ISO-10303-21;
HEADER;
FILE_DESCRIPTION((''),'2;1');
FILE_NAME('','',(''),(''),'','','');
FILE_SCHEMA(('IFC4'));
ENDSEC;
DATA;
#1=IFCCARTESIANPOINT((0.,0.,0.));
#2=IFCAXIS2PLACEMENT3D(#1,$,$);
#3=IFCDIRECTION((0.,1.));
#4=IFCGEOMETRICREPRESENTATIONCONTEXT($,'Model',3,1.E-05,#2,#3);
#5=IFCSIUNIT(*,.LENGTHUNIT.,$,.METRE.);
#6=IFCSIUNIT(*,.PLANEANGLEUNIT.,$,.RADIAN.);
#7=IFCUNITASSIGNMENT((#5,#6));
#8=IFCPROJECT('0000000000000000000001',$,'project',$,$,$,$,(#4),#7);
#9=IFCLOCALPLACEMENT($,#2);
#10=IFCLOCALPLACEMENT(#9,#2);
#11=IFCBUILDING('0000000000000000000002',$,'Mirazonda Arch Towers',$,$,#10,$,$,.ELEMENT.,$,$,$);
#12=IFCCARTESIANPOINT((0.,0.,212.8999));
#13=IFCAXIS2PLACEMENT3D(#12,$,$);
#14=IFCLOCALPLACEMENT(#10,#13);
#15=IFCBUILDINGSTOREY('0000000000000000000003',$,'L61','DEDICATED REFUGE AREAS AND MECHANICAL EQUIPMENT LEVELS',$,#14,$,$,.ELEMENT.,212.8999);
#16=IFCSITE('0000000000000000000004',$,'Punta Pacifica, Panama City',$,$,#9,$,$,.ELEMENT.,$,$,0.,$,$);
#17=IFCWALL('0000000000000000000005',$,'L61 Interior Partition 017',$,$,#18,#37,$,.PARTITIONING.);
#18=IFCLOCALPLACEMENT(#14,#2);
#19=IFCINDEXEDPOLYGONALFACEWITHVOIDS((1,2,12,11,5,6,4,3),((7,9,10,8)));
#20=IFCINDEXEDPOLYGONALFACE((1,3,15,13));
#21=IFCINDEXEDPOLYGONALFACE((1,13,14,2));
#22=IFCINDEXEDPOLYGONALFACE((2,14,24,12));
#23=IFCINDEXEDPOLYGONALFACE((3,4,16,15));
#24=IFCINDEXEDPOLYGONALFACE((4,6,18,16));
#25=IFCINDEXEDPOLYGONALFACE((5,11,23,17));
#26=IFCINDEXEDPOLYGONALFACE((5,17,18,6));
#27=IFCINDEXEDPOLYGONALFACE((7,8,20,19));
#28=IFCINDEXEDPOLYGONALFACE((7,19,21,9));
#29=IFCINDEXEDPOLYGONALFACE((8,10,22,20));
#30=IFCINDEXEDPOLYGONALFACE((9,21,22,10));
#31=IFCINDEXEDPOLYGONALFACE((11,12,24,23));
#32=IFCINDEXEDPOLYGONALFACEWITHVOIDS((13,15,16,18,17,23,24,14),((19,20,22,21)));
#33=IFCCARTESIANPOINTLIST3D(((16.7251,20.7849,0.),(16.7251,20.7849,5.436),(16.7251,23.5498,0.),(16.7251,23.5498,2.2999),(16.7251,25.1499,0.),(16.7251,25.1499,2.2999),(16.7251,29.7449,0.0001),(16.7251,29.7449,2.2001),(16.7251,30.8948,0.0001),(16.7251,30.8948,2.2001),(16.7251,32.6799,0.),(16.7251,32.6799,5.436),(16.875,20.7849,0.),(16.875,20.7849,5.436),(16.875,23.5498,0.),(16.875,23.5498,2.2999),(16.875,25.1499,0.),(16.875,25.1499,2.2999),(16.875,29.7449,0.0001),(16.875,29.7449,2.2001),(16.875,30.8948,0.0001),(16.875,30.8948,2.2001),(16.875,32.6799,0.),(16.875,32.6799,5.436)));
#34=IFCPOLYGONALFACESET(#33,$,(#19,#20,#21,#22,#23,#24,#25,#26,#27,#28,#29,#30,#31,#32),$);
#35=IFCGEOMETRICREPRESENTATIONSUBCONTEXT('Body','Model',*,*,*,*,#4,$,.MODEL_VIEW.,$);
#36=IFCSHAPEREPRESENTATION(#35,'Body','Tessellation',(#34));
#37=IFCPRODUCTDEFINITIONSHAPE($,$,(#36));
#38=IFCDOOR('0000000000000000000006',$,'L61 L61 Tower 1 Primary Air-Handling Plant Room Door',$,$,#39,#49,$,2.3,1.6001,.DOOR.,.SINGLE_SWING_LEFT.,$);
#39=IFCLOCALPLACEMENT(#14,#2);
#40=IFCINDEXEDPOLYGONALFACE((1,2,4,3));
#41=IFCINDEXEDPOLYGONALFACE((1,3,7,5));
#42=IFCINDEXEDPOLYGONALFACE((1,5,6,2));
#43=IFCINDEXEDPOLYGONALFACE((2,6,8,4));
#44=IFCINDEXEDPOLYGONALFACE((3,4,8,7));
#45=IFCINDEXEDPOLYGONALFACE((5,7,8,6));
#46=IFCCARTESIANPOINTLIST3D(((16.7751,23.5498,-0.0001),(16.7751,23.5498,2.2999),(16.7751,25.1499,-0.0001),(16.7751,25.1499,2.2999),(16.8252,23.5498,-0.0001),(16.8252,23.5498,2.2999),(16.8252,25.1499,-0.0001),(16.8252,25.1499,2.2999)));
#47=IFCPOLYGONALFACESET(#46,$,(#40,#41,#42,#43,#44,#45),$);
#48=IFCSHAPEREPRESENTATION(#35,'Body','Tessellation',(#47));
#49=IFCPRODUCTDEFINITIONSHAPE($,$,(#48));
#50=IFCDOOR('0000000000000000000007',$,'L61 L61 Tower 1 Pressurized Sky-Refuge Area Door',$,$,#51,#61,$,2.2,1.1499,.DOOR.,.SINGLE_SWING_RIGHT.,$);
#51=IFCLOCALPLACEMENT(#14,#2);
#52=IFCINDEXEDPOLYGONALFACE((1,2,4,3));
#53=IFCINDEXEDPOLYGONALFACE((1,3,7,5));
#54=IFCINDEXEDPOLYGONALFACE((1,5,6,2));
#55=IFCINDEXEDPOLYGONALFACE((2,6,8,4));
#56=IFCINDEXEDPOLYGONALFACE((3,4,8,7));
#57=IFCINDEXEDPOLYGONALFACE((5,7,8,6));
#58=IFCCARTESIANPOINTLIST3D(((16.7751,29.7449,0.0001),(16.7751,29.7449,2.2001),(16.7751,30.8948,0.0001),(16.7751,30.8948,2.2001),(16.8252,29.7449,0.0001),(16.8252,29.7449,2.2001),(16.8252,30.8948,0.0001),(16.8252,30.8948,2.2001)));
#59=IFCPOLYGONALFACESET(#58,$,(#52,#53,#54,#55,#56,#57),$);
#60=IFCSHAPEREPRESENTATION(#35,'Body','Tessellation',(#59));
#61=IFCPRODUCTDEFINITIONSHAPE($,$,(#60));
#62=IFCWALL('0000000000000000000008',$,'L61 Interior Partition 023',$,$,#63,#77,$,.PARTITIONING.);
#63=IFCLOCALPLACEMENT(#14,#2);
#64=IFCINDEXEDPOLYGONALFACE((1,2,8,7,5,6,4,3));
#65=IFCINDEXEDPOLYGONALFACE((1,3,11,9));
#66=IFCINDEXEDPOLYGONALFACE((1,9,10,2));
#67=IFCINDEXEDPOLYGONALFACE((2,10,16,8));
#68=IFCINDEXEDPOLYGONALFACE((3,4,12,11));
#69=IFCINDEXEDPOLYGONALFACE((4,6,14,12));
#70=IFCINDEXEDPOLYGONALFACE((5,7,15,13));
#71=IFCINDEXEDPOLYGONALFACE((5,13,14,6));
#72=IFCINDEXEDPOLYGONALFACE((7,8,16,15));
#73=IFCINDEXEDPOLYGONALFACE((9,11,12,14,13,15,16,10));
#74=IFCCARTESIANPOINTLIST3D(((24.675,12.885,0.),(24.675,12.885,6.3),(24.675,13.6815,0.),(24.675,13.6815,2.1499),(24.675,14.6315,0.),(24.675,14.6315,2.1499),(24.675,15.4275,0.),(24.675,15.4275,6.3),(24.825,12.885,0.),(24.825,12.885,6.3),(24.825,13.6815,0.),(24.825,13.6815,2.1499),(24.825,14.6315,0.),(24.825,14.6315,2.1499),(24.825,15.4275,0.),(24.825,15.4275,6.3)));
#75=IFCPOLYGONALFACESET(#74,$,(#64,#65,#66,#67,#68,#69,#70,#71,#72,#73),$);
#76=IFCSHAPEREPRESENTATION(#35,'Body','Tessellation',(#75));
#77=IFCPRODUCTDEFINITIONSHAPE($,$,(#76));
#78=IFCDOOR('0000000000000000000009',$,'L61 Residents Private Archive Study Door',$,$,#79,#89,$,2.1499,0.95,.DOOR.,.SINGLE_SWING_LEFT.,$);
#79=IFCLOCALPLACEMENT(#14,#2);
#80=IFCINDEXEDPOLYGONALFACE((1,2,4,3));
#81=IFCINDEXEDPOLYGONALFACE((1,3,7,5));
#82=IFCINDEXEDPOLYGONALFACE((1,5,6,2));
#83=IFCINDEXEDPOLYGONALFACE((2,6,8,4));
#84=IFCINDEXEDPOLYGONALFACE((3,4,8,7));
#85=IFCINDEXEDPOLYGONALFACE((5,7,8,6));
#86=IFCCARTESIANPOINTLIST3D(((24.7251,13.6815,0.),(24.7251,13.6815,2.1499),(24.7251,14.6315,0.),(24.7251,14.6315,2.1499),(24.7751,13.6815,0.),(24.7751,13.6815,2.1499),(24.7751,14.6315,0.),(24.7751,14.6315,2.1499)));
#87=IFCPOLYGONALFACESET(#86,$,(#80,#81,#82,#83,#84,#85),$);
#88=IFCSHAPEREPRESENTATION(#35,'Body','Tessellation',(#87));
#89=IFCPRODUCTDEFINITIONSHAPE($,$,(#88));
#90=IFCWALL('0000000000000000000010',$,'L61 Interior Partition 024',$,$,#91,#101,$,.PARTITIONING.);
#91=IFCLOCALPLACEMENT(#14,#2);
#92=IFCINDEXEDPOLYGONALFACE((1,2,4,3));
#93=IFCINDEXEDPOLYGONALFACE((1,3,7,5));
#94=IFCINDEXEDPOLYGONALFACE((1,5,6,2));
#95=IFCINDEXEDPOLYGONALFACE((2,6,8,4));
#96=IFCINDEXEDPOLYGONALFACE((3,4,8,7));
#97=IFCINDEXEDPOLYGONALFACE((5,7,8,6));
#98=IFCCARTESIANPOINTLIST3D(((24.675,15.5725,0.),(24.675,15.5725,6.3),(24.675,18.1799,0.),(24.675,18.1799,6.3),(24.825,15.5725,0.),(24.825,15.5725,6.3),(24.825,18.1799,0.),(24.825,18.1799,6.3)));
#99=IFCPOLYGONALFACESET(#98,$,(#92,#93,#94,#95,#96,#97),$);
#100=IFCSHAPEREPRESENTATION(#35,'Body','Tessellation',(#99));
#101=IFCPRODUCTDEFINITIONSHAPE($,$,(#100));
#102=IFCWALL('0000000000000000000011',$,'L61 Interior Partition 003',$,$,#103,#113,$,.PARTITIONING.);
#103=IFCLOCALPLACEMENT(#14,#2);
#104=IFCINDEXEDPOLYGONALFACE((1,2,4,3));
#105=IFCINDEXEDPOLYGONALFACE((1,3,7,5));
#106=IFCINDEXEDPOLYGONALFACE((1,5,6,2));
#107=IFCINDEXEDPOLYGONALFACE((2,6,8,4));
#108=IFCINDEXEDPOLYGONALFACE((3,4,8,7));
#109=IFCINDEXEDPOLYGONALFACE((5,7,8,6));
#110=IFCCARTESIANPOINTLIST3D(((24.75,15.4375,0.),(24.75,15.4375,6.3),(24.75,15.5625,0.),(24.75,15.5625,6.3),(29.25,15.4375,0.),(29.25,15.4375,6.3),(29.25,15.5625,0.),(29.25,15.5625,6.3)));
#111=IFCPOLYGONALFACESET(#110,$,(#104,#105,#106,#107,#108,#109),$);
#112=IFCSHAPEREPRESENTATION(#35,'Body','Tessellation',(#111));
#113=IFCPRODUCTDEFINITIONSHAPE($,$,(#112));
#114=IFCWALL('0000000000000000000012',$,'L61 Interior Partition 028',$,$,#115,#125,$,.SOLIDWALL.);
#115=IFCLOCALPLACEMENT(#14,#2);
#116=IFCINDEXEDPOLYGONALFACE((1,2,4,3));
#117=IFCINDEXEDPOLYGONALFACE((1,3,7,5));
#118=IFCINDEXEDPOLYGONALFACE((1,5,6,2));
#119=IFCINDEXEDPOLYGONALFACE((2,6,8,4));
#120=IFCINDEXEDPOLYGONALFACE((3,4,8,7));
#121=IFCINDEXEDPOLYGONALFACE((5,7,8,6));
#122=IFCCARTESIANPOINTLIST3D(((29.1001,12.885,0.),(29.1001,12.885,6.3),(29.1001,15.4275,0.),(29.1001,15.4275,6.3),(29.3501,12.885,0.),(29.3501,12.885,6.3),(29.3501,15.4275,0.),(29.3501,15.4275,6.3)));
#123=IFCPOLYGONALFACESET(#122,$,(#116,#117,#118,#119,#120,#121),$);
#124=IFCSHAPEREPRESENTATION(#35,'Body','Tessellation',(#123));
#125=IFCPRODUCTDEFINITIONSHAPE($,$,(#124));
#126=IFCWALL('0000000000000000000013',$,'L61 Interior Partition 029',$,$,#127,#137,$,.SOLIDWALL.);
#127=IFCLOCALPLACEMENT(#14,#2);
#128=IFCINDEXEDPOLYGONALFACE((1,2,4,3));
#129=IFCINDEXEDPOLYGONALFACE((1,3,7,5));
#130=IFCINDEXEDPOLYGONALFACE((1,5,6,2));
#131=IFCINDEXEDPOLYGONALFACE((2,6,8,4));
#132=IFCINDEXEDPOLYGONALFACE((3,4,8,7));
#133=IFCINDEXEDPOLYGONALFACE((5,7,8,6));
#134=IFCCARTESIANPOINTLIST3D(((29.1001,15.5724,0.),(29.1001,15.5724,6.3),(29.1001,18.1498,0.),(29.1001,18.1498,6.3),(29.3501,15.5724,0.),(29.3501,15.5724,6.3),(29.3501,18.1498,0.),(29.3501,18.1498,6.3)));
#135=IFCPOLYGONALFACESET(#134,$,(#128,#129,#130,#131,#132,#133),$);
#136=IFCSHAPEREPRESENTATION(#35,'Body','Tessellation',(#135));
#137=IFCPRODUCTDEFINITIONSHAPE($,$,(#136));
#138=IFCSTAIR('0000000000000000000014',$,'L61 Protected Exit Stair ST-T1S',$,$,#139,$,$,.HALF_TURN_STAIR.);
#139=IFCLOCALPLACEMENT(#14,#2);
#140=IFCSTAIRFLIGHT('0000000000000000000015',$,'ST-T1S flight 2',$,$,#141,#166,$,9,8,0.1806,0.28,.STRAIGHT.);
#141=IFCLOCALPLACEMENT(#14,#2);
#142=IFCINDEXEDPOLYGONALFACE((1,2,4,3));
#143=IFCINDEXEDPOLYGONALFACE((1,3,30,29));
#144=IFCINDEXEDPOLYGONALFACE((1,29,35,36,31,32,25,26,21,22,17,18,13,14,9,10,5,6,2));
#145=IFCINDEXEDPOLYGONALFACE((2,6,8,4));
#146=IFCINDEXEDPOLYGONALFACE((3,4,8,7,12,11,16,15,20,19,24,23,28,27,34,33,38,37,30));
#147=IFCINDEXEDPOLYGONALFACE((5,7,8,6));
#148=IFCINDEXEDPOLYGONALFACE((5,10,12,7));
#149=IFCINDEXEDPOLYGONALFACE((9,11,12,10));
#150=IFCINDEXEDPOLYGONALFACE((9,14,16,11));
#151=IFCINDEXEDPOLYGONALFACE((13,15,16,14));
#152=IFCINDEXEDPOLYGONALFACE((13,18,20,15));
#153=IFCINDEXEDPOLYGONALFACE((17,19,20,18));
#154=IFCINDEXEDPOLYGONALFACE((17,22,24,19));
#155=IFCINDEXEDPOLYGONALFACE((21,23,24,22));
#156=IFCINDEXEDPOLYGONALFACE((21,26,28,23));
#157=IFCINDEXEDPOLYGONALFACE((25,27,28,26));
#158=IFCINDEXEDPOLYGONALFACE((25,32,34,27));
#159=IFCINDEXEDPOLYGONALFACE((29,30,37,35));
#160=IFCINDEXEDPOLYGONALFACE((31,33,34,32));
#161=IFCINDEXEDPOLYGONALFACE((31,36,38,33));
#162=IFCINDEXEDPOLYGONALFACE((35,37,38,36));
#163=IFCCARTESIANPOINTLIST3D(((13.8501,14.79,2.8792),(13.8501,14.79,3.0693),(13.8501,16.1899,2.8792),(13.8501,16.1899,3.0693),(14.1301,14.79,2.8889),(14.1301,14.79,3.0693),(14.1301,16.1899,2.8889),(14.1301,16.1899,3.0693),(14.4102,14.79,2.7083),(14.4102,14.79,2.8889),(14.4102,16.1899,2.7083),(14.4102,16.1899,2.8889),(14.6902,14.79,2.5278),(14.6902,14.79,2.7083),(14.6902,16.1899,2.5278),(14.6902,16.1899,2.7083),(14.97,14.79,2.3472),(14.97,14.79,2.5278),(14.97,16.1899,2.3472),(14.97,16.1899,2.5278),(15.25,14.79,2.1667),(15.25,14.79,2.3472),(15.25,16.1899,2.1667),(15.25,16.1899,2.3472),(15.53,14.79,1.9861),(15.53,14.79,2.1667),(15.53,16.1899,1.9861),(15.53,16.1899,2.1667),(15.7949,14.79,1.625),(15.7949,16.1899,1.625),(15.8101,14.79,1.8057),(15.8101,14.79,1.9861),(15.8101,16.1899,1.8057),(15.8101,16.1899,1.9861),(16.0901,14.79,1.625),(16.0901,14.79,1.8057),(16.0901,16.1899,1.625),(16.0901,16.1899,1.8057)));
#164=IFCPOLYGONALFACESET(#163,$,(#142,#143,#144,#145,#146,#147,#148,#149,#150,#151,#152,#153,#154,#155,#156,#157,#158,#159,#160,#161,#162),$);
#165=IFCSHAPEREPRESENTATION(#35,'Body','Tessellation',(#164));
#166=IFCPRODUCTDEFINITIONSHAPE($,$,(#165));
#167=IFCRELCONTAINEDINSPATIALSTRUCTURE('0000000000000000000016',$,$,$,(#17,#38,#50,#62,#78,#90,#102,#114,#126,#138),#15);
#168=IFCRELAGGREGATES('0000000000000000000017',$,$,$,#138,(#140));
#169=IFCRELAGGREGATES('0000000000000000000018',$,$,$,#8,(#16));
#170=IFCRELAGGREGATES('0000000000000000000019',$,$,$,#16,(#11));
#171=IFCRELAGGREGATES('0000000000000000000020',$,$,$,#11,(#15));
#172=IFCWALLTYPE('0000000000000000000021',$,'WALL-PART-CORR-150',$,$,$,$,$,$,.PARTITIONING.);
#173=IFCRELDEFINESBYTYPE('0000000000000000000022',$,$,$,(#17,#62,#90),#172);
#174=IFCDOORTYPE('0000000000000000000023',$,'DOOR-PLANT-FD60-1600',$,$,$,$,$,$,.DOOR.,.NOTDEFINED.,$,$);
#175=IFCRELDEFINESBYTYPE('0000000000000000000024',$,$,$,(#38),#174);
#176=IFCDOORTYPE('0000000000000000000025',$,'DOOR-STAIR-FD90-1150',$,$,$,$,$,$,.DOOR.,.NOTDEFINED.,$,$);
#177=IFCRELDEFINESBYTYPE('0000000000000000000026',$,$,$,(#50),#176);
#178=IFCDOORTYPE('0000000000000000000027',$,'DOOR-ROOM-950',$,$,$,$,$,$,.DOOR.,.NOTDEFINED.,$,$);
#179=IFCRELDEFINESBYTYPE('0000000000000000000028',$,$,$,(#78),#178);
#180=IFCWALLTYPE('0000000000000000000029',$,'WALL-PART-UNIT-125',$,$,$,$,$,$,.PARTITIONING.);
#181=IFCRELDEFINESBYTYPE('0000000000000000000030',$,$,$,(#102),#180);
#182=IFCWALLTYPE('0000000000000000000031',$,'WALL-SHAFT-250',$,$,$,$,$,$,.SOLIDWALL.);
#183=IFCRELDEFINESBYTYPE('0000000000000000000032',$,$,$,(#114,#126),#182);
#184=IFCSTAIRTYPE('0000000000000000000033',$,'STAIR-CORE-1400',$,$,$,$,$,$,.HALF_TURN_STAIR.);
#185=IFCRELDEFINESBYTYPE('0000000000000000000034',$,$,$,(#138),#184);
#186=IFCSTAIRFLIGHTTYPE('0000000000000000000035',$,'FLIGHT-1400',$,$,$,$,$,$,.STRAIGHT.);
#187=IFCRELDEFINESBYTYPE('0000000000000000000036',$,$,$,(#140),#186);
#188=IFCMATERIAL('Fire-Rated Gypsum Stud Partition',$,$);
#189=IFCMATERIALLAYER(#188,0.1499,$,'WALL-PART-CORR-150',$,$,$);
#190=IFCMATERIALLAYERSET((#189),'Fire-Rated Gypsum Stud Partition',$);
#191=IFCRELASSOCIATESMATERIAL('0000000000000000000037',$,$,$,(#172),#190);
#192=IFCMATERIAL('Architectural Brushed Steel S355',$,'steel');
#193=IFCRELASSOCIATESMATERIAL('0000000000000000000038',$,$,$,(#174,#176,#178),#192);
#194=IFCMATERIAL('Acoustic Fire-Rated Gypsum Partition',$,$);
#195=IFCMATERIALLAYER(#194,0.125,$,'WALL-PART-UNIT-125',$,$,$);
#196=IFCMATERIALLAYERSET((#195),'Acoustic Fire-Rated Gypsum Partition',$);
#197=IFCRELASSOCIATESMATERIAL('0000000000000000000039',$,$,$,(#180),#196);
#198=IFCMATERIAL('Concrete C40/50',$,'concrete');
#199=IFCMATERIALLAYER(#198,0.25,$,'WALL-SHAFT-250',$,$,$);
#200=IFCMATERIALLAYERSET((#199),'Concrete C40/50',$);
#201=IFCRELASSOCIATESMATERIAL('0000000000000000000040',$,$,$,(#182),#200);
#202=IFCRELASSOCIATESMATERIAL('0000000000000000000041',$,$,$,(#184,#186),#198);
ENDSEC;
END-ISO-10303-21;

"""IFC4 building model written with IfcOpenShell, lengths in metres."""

from ifc_helpers import new_model, si_unit, direction, frame, frame_2d, origin, place, context, subcontext, project, spatial, polyline, rectangle, outline, extrude, material, layer, layer_set, type_object, element, fill, aggregate, save


model = new_model("IFC4")

# Units and contexts
model_context = context("Model", 3, precision=1e-05, world=origin(), true_north=direction((0.0, 1.0)))
body_context = subcontext(model_context, "Body", "Model", "MODEL_VIEW")
ifc_project = project(units=[si_unit("LENGTHUNIT", "METRE"), si_unit("PLANEANGLEUNIT", "RADIAN")], contexts=[model_context])

# Site, building, storey
site_placement = place(None, origin())
site = spatial("IfcSite", under=ifc_project, at=site_placement, Name="Punta Pacifica, Panama City", CompositionType="ELEMENT", RefElevation=0.0)
building_placement = place(site_placement, origin())
building = spatial("IfcBuilding", under=site, at=building_placement, Name="Mirazonda Arch Towers", CompositionType="ELEMENT")
storey_placement = place(building_placement, frame((0.0, 0.0, 212.8999)))
storey = spatial("IfcBuildingStorey", under=building, at=storey_placement, Name="L61", Description="DEDICATED REFUGE AREAS AND MECHANICAL EQUIPMENT LEVELS", CompositionType="ELEMENT", Elevation=212.8999)

# Shared definitions
ifc_material_1 = material(Name="Concrete C40/50", Category="concrete")
ifc_material_2 = material(Name="Fire-Rated Gypsum Stud Partition")
ifc_layer_1 = layer(ifc_material_2, 0.1499, Name="WALL-PART-CORR-150")
ifc_layer_set_1 = layer_set([ifc_layer_1], Name="Fire-Rated Gypsum Stud Partition")
wall_type_1 = type_object("IfcWallType", Name="WALL-PART-CORR-150", PredefinedType="PARTITIONING", material=ifc_layer_set_1)

# Wall, openings, doors
wall_1_placement = place(storey_placement, frame((16.8, 20.7849, 0.0), z_axis=(0.0, 0.0, 1.0), x_axis=(0.0, 1.0, 0.0)))
wall_1 = element("IfcWall", 1, at=wall_1_placement, inside=storey, type_object=wall_type_1, Name="L61 Interior Partition 017", PredefinedType="PARTITIONING", context=body_context, shape_type="SweptSolid", body=[
    extrude(rectangle(XDim=11.895, YDim=0.1499, at=frame_2d((5.9475, 0.0))), origin(), (0.0, 0.0, 1.0), 5.436),
])
opening_1_placement = place(wall_1_placement, frame((8.96, 0.0, 0.0)))
opening_1 = element("IfcOpeningElement", 2, at=opening_1_placement, cuts=wall_1, PredefinedType="OPENING", context=body_context, shape_type="SweptSolid", body=[
    extrude(rectangle(XDim=1.1499, YDim=2.2, at=frame_2d((0.575, 1.1001))), frame((0.0, 0.085, 0.0), z_axis=(0.0, -1.0, 0.0), x_axis=(1.0, 0.0, 0.0)), (0.0, 0.0, 1.0), 0.1699),
])
opening_2_placement = place(wall_1_placement, frame((2.7649, 0.0, 0.0)))
opening_2 = element("IfcOpeningElement", 3, at=opening_2_placement, cuts=wall_1, PredefinedType="OPENING", context=body_context, shape_type="SweptSolid", body=[
    extrude(rectangle(XDim=1.6001, YDim=2.3, at=frame_2d((0.8, 1.1499))), frame((0.0, 0.085, 0.0), z_axis=(0.0, -1.0, 0.0), x_axis=(1.0, 0.0, 0.0)), (0.0, 0.0, 1.0), 0.1699),
])
ifc_material_3 = material(Name="Architectural Brushed Steel S355", Category="steel")
door_type_1 = type_object("IfcDoorType", Name="DOOR-PLANT-FD60-1600", OperationType="NOTDEFINED", PredefinedType="DOOR", material=ifc_material_3)
door_1_placement = place(opening_2_placement, origin())
door_1 = element("IfcDoor", 4, at=door_1_placement, inside=storey, type_object=door_type_1, Name="L61 L61 Tower 1 Primary Air-Handling Plant Room Door", OperationType="SINGLE_SWING_LEFT", OverallHeight=2.3, OverallWidth=1.6001, PredefinedType="DOOR", context=body_context, shape_type="SweptSolid", body=[
    extrude(rectangle(XDim=1.6001, YDim=2.3, at=frame_2d((0.8, 1.1499))), frame((0.0, 0.0249, 0.0), z_axis=(0.0, -1.0, 0.0), x_axis=(1.0, 0.0, 0.0)), (0.0, 0.0, 1.0), 0.05),
])
fill(opening_2, door_1)
door_type_2 = type_object("IfcDoorType", Name="DOOR-STAIR-FD90-1150", OperationType="NOTDEFINED", PredefinedType="DOOR", material=ifc_material_3)
door_2_placement = place(opening_1_placement, origin())
door_2 = element("IfcDoor", 5, at=door_2_placement, inside=storey, type_object=door_type_2, Name="L61 L61 Tower 1 Pressurized Sky-Refuge Area Door", OperationType="SINGLE_SWING_RIGHT", OverallHeight=2.2, OverallWidth=1.1499, PredefinedType="DOOR", context=body_context, shape_type="SweptSolid", body=[
    extrude(rectangle(XDim=1.1499, YDim=2.2, at=frame_2d((0.575, 1.1001))), frame((0.0, 0.0249, 0.0), z_axis=(0.0, -1.0, 0.0), x_axis=(1.0, 0.0, 0.0)), (0.0, 0.0, 1.0), 0.05),
])
fill(opening_1, door_2)

# Wall, opening, door
wall_2_placement = place(storey_placement, frame((24.75, 12.885, 0.0), z_axis=(0.0, 0.0, 1.0), x_axis=(0.0, 1.0, 0.0)))
wall_2 = element("IfcWall", 6, at=wall_2_placement, inside=storey, type_object=wall_type_1, Name="L61 Interior Partition 023", PredefinedType="PARTITIONING", context=body_context, shape_type="SweptSolid", body=[
    extrude(rectangle(XDim=2.5425, YDim=0.1499, at=frame_2d((1.2712, 0.0))), origin(), (0.0, 0.0, 1.0), 6.3),
])
opening_3_placement = place(wall_2_placement, frame((0.7964, 0.0, 0.0)))
opening_3 = element("IfcOpeningElement", 7, at=opening_3_placement, cuts=wall_2, PredefinedType="OPENING", context=body_context, shape_type="SweptSolid", body=[
    extrude(rectangle(XDim=0.95, YDim=2.1499, at=frame_2d((0.4751, 1.075))), frame((0.0, 0.085, 0.0), z_axis=(0.0, -1.0, 0.0), x_axis=(1.0, 0.0, 0.0)), (0.0, 0.0, 1.0), 0.1699),
])
door_type_3 = type_object("IfcDoorType", Name="DOOR-ROOM-950", OperationType="NOTDEFINED", PredefinedType="DOOR", material=ifc_material_3)
door_3_placement = place(opening_3_placement, origin())
door_3 = element("IfcDoor", 8, at=door_3_placement, inside=storey, type_object=door_type_3, Name="L61 Residents Private Archive Study Door", OperationType="SINGLE_SWING_LEFT", OverallHeight=2.1499, OverallWidth=0.95, PredefinedType="DOOR", context=body_context, shape_type="SweptSolid", body=[
    extrude(rectangle(XDim=0.95, YDim=2.1499, at=frame_2d((0.4751, 1.075))), frame((0.0, 0.0249, 0.0), z_axis=(0.0, -1.0, 0.0), x_axis=(1.0, 0.0, 0.0)), (0.0, 0.0, 1.0), 0.05),
])
fill(opening_3, door_3)

# Walls
wall_3_placement = place(storey_placement, frame((24.75, 15.5725, 0.0), z_axis=(0.0, 0.0, 1.0), x_axis=(0.0, 1.0, 0.0)))
element("IfcWall", 9, at=wall_3_placement, inside=storey, type_object=wall_type_1, Name="L61 Interior Partition 024", PredefinedType="PARTITIONING", context=body_context, shape_type="SweptSolid", body=[
    extrude(rectangle(XDim=2.6074, YDim=0.1499, at=frame_2d((1.3037, 0.0))), origin(), (0.0, 0.0, 1.0), 6.3),
])
ifc_material_4 = material(Name="Acoustic Fire-Rated Gypsum Partition")
ifc_layer_2 = layer(ifc_material_4, 0.125, Name="WALL-PART-UNIT-125")
ifc_layer_set_2 = layer_set([ifc_layer_2], Name="Acoustic Fire-Rated Gypsum Partition")
wall_type_2 = type_object("IfcWallType", Name="WALL-PART-UNIT-125", PredefinedType="PARTITIONING", material=ifc_layer_set_2)
wall_4_placement = place(storey_placement, frame((24.75, 15.5, 0.0), z_axis=(0.0, 0.0, 1.0), x_axis=(1.0, 0.0, 0.0)))
element("IfcWall", 10, at=wall_4_placement, inside=storey, type_object=wall_type_2, Name="L61 Interior Partition 003", PredefinedType="PARTITIONING", context=body_context, shape_type="SweptSolid", body=[
    extrude(rectangle(XDim=4.5, YDim=0.125, at=frame_2d((2.25, 0.0))), origin(), (0.0, 0.0, 1.0), 6.3),
])
ifc_layer_3 = layer(ifc_material_1, 0.25, Name="WALL-SHAFT-250")
ifc_layer_set_3 = layer_set([ifc_layer_3], Name="Concrete C40/50")
wall_type_3 = type_object("IfcWallType", Name="WALL-SHAFT-250", PredefinedType="SOLIDWALL", material=ifc_layer_set_3)
wall_5_placement = place(storey_placement, frame((29.2251, 12.885, 0.0), z_axis=(0.0, 0.0, 1.0), x_axis=(0.0, 1.0, 0.0)))
element("IfcWall", 11, at=wall_5_placement, inside=storey, type_object=wall_type_3, Name="L61 Interior Partition 028", PredefinedType="SOLIDWALL", context=body_context, shape_type="SweptSolid", body=[
    extrude(rectangle(XDim=2.5425, YDim=0.25, at=frame_2d((1.2712, 0.0))), origin(), (0.0, 0.0, 1.0), 6.3),
])
wall_6_placement = place(storey_placement, frame((29.2251, 15.5725, 0.0), z_axis=(0.0, 0.0, 1.0), x_axis=(0.0, 1.0, 0.0)))
element("IfcWall", 12, at=wall_6_placement, inside=storey, type_object=wall_type_3, Name="L61 Interior Partition 029", PredefinedType="SOLIDWALL", context=body_context, shape_type="SweptSolid", body=[
    extrude(rectangle(XDim=2.5774, YDim=0.25, at=frame_2d((1.2886, 0.0))), origin(), (0.0, 0.0, 1.0), 6.3),
])

# Stair, stair flight
stair_type = type_object("IfcStairType", Name="STAIR-CORE-1400", PredefinedType="HALF_TURN_STAIR", material=ifc_material_1)
stair_placement = place(storey_placement, origin())
stair = element("IfcStair", 13, at=stair_placement, inside=storey, type_object=stair_type, Name="L61 Protected Exit Stair ST-T1S", PredefinedType="HALF_TURN_STAIR")
stair_flight_type = type_object("IfcStairFlightType", Name="FLIGHT-1400", PredefinedType="STRAIGHT", material=ifc_material_1)
stair_flight_1_placement = place(storey_placement, frame((16.0901, 15.49, 1.625), z_axis=(0.0, 0.0, 1.0), x_axis=(-1.0, 0.0, 0.0)))
stair_flight_1 = element("IfcStairFlight", 14, at=stair_flight_1_placement, type_object=stair_flight_type, Name="ST-T1S flight 2", NumberOfRisers=9, NumberOfTreads=8, PredefinedType="STRAIGHT", RiserHeight=0.1806, TreadLength=0.28, context=body_context, shape_type="SweptSolid", body=[
    extrude(outline(polyline([(0.0, 0.0), (0.0, 0.1807), (0.28, 0.1807), (0.28, 0.3611), (0.5601, 0.3611), (0.5601, 0.5417), (0.8401, 0.5417), (0.8401, 0.7222), (1.1201, 0.7222), (1.1201, 0.9028), (1.3999, 0.9028), (1.3999, 1.0833), (1.6799, 1.0833), (1.6799, 1.2639), (1.96, 1.2639), (1.96, 1.4443), (2.24, 1.4443), (2.24, 1.625), (2.24, 1.2542), (0.2952, 0.0), (0.0, 0.0)])), frame((0.0, 0.7, 0.0), z_axis=(0.0, -1.0, 0.0), x_axis=(1.0, 0.0, 0.0)), (0.0, 0.0, 1.0), 1.3999),
])
aggregate(stair, [stair_flight_1])

save(model, "model.ifc")
